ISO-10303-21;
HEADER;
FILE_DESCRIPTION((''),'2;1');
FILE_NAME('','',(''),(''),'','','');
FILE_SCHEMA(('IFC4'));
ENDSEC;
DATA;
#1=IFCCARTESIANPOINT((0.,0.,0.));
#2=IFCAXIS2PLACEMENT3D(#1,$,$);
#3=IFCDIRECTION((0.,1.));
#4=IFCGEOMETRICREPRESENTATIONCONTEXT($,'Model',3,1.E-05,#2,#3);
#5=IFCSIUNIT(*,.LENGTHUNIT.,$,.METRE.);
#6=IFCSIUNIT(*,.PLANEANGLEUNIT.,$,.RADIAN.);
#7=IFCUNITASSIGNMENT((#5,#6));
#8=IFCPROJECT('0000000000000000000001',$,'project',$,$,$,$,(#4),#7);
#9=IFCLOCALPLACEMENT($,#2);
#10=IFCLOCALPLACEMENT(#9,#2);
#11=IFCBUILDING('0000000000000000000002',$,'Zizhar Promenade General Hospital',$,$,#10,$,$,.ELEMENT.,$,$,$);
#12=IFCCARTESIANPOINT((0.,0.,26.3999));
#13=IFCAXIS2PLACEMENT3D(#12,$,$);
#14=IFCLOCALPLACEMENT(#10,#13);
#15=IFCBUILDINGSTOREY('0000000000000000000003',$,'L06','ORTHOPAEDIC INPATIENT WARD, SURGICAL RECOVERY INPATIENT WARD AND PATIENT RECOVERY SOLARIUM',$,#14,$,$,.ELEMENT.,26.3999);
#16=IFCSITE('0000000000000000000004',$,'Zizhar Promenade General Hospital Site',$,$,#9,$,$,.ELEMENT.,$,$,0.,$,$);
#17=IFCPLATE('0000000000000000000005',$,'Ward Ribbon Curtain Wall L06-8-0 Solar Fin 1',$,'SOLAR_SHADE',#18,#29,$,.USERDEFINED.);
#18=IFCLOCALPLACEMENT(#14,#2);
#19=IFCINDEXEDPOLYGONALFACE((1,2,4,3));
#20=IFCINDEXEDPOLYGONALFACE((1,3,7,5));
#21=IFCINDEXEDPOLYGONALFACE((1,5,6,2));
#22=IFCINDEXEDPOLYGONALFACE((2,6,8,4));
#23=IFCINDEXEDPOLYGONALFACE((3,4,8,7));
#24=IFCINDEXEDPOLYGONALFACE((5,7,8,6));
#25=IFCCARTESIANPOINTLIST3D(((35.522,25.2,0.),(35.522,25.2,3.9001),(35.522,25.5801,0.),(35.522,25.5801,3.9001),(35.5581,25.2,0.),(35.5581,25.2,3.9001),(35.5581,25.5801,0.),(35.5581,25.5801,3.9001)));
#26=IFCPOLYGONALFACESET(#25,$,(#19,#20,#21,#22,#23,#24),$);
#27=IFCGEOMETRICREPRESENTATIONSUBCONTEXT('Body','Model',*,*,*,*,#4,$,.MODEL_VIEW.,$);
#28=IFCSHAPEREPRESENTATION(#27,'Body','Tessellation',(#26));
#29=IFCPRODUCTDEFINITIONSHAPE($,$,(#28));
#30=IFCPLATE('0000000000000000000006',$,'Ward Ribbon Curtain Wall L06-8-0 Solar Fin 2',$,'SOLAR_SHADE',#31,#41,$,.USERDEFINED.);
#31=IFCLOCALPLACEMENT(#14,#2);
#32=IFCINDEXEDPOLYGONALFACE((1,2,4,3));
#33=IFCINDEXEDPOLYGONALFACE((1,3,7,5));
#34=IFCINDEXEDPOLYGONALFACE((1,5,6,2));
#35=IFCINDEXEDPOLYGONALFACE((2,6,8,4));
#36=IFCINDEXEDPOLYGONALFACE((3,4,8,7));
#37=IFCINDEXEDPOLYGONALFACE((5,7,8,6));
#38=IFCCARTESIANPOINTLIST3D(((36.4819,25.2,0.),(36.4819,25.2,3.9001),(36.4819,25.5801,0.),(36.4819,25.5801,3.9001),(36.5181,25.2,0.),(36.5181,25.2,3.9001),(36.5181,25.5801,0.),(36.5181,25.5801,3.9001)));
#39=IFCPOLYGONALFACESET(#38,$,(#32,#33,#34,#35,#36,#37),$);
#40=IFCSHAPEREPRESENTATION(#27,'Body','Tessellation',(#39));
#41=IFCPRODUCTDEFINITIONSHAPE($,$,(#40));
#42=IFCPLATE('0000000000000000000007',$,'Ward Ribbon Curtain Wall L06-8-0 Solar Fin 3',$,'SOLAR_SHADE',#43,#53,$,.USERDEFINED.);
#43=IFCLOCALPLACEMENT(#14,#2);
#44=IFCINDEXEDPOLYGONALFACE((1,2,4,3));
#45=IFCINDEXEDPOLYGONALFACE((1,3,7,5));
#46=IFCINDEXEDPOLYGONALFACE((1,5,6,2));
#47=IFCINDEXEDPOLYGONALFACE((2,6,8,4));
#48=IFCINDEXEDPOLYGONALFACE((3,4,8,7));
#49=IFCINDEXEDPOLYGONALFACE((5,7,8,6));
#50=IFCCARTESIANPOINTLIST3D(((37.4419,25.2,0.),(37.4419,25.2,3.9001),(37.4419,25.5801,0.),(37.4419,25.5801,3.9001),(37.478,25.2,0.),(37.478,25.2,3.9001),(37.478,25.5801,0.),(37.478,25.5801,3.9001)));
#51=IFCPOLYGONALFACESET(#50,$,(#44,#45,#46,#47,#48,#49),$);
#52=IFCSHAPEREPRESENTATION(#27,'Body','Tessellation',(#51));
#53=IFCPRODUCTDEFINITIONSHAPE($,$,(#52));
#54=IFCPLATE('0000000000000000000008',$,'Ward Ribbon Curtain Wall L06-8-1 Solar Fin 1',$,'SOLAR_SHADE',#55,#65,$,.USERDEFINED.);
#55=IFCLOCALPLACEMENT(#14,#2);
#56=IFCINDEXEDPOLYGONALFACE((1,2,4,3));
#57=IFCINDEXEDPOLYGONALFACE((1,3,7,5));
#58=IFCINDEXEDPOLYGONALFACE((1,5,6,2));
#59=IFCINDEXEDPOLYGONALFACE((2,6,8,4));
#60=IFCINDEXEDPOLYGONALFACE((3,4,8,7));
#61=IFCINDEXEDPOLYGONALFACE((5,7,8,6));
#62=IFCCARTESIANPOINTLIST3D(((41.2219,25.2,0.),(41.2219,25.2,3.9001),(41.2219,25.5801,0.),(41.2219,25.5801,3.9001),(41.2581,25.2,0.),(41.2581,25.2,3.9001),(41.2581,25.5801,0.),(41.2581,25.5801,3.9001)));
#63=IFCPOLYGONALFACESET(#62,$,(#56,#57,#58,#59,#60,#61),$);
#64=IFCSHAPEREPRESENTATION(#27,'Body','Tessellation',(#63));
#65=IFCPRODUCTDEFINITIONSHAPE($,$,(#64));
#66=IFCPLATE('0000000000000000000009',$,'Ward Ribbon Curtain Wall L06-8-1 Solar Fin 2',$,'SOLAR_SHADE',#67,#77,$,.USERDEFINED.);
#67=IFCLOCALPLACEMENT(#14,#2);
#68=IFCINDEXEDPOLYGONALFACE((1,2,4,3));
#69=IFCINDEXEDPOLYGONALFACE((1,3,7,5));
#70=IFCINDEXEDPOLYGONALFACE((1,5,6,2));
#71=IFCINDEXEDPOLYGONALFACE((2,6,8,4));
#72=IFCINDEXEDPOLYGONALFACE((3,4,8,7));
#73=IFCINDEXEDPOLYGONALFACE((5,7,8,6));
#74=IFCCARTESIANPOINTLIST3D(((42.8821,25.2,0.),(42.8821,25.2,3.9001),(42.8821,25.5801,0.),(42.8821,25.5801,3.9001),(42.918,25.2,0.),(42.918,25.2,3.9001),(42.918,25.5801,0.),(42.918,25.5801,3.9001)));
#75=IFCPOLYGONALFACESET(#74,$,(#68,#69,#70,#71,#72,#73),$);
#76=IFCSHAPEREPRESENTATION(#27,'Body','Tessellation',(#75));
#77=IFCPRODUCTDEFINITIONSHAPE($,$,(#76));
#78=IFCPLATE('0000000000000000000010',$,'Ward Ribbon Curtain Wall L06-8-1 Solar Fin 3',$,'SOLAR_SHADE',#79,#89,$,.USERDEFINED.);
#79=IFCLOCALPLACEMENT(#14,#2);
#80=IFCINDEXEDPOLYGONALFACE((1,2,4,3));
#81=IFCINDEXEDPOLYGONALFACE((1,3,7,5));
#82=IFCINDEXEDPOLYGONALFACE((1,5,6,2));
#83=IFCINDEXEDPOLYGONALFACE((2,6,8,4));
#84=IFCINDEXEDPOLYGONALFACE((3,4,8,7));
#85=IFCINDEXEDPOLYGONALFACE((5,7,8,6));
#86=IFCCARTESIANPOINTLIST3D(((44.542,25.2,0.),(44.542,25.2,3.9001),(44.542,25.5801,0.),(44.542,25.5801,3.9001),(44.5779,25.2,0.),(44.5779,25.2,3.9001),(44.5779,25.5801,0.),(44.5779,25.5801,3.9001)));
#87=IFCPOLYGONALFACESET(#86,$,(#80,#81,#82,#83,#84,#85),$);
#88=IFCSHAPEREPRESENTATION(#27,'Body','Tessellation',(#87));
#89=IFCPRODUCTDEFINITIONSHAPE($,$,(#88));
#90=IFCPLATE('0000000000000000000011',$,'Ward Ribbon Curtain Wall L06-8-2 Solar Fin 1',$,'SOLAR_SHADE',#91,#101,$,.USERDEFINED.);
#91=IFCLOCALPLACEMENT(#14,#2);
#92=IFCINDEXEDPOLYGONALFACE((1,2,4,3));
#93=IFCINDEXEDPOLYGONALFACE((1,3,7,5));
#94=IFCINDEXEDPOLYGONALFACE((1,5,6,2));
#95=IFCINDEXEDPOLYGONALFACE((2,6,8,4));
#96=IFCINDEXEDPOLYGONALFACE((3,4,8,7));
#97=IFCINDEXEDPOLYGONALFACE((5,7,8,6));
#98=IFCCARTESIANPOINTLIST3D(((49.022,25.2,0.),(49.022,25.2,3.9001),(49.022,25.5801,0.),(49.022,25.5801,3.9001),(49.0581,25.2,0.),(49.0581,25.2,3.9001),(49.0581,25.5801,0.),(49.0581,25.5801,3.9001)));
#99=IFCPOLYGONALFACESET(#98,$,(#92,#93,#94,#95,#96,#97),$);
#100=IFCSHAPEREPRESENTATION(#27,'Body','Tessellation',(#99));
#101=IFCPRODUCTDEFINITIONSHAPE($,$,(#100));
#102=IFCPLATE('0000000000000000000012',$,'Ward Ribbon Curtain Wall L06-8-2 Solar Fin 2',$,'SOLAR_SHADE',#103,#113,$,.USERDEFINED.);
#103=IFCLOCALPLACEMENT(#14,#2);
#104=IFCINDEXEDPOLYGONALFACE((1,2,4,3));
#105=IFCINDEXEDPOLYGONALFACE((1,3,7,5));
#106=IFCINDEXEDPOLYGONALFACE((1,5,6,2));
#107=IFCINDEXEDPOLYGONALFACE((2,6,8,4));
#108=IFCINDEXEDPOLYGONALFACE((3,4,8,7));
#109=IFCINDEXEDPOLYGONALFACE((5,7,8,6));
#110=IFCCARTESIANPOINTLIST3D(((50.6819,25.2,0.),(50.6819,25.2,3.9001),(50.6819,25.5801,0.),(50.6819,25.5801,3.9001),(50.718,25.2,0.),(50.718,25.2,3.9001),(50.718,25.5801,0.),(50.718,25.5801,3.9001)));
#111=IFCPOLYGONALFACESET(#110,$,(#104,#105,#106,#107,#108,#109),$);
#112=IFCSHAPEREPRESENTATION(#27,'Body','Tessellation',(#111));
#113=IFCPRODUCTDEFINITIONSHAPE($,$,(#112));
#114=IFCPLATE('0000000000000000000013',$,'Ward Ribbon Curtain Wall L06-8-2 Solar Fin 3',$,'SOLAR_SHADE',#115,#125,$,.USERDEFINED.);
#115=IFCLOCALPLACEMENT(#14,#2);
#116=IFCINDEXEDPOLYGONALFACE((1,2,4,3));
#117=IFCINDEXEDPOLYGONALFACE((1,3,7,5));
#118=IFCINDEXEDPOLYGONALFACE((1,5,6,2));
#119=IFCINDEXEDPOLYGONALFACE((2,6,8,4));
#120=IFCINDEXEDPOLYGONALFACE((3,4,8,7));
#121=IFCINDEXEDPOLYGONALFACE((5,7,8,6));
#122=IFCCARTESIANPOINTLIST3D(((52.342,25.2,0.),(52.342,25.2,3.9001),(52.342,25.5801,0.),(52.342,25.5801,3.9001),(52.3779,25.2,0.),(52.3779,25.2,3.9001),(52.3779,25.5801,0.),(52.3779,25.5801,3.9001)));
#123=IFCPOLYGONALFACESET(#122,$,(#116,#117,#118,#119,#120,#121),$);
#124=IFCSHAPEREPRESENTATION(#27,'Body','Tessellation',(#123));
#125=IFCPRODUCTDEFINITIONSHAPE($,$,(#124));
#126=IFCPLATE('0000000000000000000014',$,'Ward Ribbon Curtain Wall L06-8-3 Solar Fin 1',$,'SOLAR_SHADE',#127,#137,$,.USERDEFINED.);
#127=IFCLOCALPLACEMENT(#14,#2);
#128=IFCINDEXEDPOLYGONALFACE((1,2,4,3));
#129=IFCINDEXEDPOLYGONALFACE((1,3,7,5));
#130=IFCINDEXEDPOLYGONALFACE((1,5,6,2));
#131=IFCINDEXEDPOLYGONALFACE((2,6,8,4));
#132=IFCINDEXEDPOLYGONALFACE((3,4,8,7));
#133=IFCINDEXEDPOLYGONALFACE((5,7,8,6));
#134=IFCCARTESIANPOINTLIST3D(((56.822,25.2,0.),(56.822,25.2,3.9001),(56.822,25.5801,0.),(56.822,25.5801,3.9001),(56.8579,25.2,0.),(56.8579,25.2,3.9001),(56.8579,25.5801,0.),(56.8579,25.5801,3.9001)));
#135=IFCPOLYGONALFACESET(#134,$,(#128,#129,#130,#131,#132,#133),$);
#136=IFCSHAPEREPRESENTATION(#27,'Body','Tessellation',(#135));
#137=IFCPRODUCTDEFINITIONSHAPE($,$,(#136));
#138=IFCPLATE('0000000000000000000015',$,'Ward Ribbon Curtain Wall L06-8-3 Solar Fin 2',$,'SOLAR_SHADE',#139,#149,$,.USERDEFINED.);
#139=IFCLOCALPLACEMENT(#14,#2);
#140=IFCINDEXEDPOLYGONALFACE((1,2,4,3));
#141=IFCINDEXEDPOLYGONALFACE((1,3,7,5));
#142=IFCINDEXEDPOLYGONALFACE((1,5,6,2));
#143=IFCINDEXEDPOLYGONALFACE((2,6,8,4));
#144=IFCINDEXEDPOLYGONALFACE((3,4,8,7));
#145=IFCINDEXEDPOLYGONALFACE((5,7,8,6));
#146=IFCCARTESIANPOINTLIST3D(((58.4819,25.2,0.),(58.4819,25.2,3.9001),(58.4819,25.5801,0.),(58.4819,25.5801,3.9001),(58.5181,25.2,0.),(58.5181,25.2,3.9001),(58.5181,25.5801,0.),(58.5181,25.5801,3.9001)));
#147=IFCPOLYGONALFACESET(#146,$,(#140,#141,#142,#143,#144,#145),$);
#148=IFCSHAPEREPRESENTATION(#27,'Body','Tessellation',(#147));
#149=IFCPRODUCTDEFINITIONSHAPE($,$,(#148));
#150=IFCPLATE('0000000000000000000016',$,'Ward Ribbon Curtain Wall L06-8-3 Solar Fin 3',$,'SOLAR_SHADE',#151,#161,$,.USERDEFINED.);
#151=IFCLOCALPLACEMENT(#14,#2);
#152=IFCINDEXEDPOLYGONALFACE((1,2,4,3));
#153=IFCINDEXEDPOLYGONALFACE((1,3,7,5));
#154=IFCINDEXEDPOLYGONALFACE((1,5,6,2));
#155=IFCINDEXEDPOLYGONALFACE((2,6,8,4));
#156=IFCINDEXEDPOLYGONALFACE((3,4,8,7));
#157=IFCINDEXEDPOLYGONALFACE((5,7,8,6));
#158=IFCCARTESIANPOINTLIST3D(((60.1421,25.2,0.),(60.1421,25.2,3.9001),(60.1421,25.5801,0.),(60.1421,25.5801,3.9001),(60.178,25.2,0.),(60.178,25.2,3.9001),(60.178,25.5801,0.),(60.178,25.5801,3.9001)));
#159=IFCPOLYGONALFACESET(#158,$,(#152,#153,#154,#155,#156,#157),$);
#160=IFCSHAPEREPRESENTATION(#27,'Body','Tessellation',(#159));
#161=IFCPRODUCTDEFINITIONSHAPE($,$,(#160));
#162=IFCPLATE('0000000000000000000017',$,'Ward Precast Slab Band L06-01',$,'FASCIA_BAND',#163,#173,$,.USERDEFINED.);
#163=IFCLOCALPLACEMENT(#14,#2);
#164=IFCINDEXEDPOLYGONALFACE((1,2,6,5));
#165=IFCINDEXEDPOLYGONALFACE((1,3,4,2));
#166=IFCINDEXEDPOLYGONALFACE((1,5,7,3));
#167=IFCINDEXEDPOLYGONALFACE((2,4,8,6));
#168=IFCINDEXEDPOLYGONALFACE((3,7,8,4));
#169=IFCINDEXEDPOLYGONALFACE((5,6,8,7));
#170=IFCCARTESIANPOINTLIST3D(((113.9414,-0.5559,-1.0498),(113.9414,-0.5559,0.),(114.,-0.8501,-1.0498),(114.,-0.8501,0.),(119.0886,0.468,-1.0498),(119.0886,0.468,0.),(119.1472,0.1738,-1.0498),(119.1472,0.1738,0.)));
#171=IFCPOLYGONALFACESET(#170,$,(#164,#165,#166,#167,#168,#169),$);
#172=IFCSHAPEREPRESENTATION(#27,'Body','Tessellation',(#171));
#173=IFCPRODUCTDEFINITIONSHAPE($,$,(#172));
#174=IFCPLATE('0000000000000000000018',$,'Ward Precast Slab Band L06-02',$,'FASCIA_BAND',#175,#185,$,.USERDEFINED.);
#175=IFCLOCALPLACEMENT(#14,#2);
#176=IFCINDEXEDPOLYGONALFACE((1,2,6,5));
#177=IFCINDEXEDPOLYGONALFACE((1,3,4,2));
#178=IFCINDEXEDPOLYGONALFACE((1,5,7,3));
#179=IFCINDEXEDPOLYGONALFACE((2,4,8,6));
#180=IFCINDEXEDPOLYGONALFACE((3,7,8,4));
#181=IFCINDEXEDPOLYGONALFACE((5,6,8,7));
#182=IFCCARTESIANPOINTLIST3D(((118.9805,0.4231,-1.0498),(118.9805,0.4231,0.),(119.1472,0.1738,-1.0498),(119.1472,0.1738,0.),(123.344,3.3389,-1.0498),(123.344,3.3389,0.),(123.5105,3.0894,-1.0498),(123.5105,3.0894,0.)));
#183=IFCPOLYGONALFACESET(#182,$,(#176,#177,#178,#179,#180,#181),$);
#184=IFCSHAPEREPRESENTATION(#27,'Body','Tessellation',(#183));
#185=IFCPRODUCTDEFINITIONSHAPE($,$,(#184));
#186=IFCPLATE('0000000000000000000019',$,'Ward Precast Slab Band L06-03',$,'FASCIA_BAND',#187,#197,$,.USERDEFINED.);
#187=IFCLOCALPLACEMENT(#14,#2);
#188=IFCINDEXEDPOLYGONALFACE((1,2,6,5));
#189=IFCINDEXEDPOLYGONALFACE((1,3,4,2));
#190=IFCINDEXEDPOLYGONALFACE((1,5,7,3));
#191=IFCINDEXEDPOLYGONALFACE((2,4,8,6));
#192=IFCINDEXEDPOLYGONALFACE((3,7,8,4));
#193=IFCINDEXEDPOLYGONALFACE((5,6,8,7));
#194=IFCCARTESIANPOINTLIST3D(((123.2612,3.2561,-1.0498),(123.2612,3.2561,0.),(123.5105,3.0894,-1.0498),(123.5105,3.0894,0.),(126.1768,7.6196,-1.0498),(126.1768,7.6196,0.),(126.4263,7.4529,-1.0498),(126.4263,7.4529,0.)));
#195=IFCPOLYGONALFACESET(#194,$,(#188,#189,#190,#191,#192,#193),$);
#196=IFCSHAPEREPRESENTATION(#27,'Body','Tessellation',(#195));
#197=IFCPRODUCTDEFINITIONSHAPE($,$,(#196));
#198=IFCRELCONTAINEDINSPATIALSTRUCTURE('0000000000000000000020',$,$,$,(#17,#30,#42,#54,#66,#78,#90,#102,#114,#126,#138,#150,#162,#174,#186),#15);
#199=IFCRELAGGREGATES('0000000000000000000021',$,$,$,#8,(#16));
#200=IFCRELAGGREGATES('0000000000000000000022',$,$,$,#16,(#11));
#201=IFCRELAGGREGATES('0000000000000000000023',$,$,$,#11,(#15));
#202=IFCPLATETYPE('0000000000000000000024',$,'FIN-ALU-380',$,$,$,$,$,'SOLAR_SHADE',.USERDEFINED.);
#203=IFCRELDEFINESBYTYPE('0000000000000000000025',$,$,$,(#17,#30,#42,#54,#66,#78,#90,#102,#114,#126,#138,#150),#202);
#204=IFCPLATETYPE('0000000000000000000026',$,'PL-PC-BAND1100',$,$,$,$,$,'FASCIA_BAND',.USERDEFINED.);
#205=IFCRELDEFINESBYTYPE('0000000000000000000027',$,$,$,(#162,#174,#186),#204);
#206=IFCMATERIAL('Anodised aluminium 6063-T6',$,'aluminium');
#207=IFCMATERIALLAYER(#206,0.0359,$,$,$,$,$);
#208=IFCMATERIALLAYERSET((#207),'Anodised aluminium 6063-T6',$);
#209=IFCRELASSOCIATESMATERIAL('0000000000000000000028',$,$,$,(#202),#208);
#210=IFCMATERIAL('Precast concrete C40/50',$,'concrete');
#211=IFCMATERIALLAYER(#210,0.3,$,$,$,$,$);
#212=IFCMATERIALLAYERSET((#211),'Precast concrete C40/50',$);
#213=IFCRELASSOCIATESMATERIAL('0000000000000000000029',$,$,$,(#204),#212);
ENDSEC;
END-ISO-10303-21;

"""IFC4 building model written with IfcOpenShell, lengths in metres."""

from ifc_helpers import new_model, si_unit, direction, frame, origin, place, context, subcontext, project, spatial, polyline, outline, extrude, material, layer, layer_set, type_object, element, save


model = new_model("IFC4")

# Units and contexts
model_context = context("Model", 3, precision=1e-05, world=origin(), true_north=direction((0.0, 1.0)))
body_context = subcontext(model_context, "Body", "Model", "MODEL_VIEW")
ifc_project = project(units=[si_unit("LENGTHUNIT", "METRE"), si_unit("PLANEANGLEUNIT", "RADIAN")], contexts=[model_context])

# Site, building, storey
site_placement = place(None, origin())
site = spatial("IfcSite", under=ifc_project, at=site_placement, Name="Zizhar Promenade General Hospital Site", CompositionType="ELEMENT", RefElevation=0.0)
building_placement = place(site_placement, origin())
building = spatial("IfcBuilding", under=site, at=building_placement, Name="Zizhar Promenade General Hospital", CompositionType="ELEMENT")
storey_placement = place(building_placement, frame((0.0, 0.0, 26.3999)))
storey = spatial("IfcBuildingStorey", under=building, at=storey_placement, Name="L06", Description="ORTHOPAEDIC INPATIENT WARD, SURGICAL RECOVERY INPATIENT WARD AND PATIENT RECOVERY SOLARIUM", CompositionType="ELEMENT", Elevation=26.3999)

# Plates
ifc_material_1 = material(Name="Anodised aluminium 6063-T6", Category="aluminium")
ifc_layer_1 = layer(ifc_material_1, 0.0359)
ifc_layer_set_1 = layer_set([ifc_layer_1], Name="Anodised aluminium 6063-T6")
plate_type_1 = type_object("IfcPlateType", Name="FIN-ALU-380", ElementType="SOLAR_SHADE", PredefinedType="USERDEFINED", material=ifc_layer_set_1)
plate_1_placement = place(storey_placement, origin())
element("IfcPlate", 1, at=plate_1_placement, inside=storey, type_object=plate_type_1, Name="Ward Ribbon Curtain Wall L06-8-0 Solar Fin 1", ObjectType="SOLAR_SHADE", PredefinedType="USERDEFINED", context=body_context, shape_type="SweptSolid", body=[
    extrude(outline(polyline([(35.522, 25.2), (35.5581, 25.2), (35.5581, 25.5801), (35.522, 25.5801), (35.522, 25.2)])), origin(), (0.0, 0.0, 1.0), 3.9001),
])
plate_2_placement = place(storey_placement, origin())
element("IfcPlate", 2, at=plate_2_placement, inside=storey, type_object=plate_type_1, Name="Ward Ribbon Curtain Wall L06-8-0 Solar Fin 2", ObjectType="SOLAR_SHADE", PredefinedType="USERDEFINED", context=body_context, shape_type="SweptSolid", body=[
    extrude(outline(polyline([(36.4819, 25.2), (36.5181, 25.2), (36.5181, 25.5801), (36.4819, 25.5801), (36.4819, 25.2)])), origin(), (0.0, 0.0, 1.0), 3.9001),
])
plate_3_placement = place(storey_placement, origin())
element("IfcPlate", 3, at=plate_3_placement, inside=storey, type_object=plate_type_1, Name="Ward Ribbon Curtain Wall L06-8-0 Solar Fin 3", ObjectType="SOLAR_SHADE", PredefinedType="USERDEFINED", context=body_context, shape_type="SweptSolid", body=[
    extrude(outline(polyline([(37.4419, 25.2), (37.478, 25.2), (37.478, 25.5801), (37.4419, 25.5801), (37.4419, 25.2)])), origin(), (0.0, 0.0, 1.0), 3.9001),
])
plate_4_placement = place(storey_placement, origin())
element("IfcPlate", 4, at=plate_4_placement, inside=storey, type_object=plate_type_1, Name="Ward Ribbon Curtain Wall L06-8-1 Solar Fin 1", ObjectType="SOLAR_SHADE", PredefinedType="USERDEFINED", context=body_context, shape_type="SweptSolid", body=[
    extrude(outline(polyline([(41.2219, 25.2), (41.2581, 25.2), (41.2581, 25.5801), (41.2219, 25.5801), (41.2219, 25.2)])), origin(), (0.0, 0.0, 1.0), 3.9001),
])
plate_5_placement = place(storey_placement, origin())
element("IfcPlate", 5, at=plate_5_placement, inside=storey, type_object=plate_type_1, Name="Ward Ribbon Curtain Wall L06-8-1 Solar Fin 2", ObjectType="SOLAR_SHADE", PredefinedType="USERDEFINED", context=body_context, shape_type="SweptSolid", body=[
    extrude(outline(polyline([(42.8821, 25.2), (42.918, 25.2), (42.918, 25.5801), (42.8821, 25.5801), (42.8821, 25.2)])), origin(), (0.0, 0.0, 1.0), 3.9001),
])
plate_6_placement = place(storey_placement, origin())
element("IfcPlate", 6, at=plate_6_placement, inside=storey, type_object=plate_type_1, Name="Ward Ribbon Curtain Wall L06-8-1 Solar Fin 3", ObjectType="SOLAR_SHADE", PredefinedType="USERDEFINED", context=body_context, shape_type="SweptSolid", body=[
    extrude(outline(polyline([(44.542, 25.2), (44.5779, 25.2), (44.5779, 25.5801), (44.542, 25.5801), (44.542, 25.2)])), origin(), (0.0, 0.0, 1.0), 3.9001),
])
plate_7_placement = place(storey_placement, origin())
element("IfcPlate", 7, at=plate_7_placement, inside=storey, type_object=plate_type_1, Name="Ward Ribbon Curtain Wall L06-8-2 Solar Fin 1", ObjectType="SOLAR_SHADE", PredefinedType="USERDEFINED", context=body_context, shape_type="SweptSolid", body=[
    extrude(outline(polyline([(49.022, 25.2), (49.0581, 25.2), (49.0581, 25.5801), (49.022, 25.5801), (49.022, 25.2)])), origin(), (0.0, 0.0, 1.0), 3.9001),
])
plate_8_placement = place(storey_placement, origin())
element("IfcPlate", 8, at=plate_8_placement, inside=storey, type_object=plate_type_1, Name="Ward Ribbon Curtain Wall L06-8-2 Solar Fin 2", ObjectType="SOLAR_SHADE", PredefinedType="USERDEFINED", context=body_context, shape_type="SweptSolid", body=[
    extrude(outline(polyline([(50.6819, 25.2), (50.718, 25.2), (50.718, 25.5801), (50.6819, 25.5801), (50.6819, 25.2)])), origin(), (0.0, 0.0, 1.0), 3.9001),
])
plate_9_placement = place(storey_placement, origin())
element("IfcPlate", 9, at=plate_9_placement, inside=storey, type_object=plate_type_1, Name="Ward Ribbon Curtain Wall L06-8-2 Solar Fin 3", ObjectType="SOLAR_SHADE", PredefinedType="USERDEFINED", context=body_context, shape_type="SweptSolid", body=[
    extrude(outline(polyline([(52.342, 25.2), (52.3779, 25.2), (52.3779, 25.5801), (52.342, 25.5801), (52.342, 25.2)])), origin(), (0.0, 0.0, 1.0), 3.9001),
])
plate_10_placement = place(storey_placement, origin())
element("IfcPlate", 10, at=plate_10_placement, inside=storey, type_object=plate_type_1, Name="Ward Ribbon Curtain Wall L06-8-3 Solar Fin 1", ObjectType="SOLAR_SHADE", PredefinedType="USERDEFINED", context=body_context, shape_type="SweptSolid", body=[
    extrude(outline(polyline([(56.822, 25.2), (56.8579, 25.2), (56.8579, 25.5801), (56.822, 25.5801), (56.822, 25.2)])), origin(), (0.0, 0.0, 1.0), 3.9001),
])
plate_11_placement = place(storey_placement, origin())
element("IfcPlate", 11, at=plate_11_placement, inside=storey, type_object=plate_type_1, Name="Ward Ribbon Curtain Wall L06-8-3 Solar Fin 2", ObjectType="SOLAR_SHADE", PredefinedType="USERDEFINED", context=body_context, shape_type="SweptSolid", body=[
    extrude(outline(polyline([(58.4819, 25.2), (58.5181, 25.2), (58.5181, 25.5801), (58.4819, 25.5801), (58.4819, 25.2)])), origin(), (0.0, 0.0, 1.0), 3.9001),
])
plate_12_placement = place(storey_placement, origin())
element("IfcPlate", 12, at=plate_12_placement, inside=storey, type_object=plate_type_1, Name="Ward Ribbon Curtain Wall L06-8-3 Solar Fin 3", ObjectType="SOLAR_SHADE", PredefinedType="USERDEFINED", context=body_context, shape_type="SweptSolid", body=[
    extrude(outline(polyline([(60.1421, 25.2), (60.178, 25.2), (60.178, 25.5801), (60.1421, 25.5801), (60.1421, 25.2)])), origin(), (0.0, 0.0, 1.0), 3.9001),
])
ifc_material_2 = material(Name="Precast concrete C40/50", Category="concrete")
ifc_layer_2 = layer(ifc_material_2, 0.3)
ifc_layer_set_2 = layer_set([ifc_layer_2], Name="Precast concrete C40/50")
plate_type_2 = type_object("IfcPlateType", Name="PL-PC-BAND1100", ElementType="FASCIA_BAND", PredefinedType="USERDEFINED", material=ifc_layer_set_2)
plate_13_placement = place(storey_placement, frame((0.0, 0.0, -1.0498)))
element("IfcPlate", 13, at=plate_13_placement, inside=storey, type_object=plate_type_2, Name="Ward Precast Slab Band L06-01", ObjectType="FASCIA_BAND", PredefinedType="USERDEFINED", context=body_context, shape_type="SweptSolid", body=[
    extrude(outline(polyline([(114.0, -0.8501), (119.1472, 0.1738), (119.0886, 0.468), (113.9414, -0.5559), (114.0, -0.8501)])), origin(), (0.0, 0.0, 1.0), 1.0498),
])
plate_14_placement = place(storey_placement, frame((0.0, 0.0, -1.0498)))
element("IfcPlate", 14, at=plate_14_placement, inside=storey, type_object=plate_type_2, Name="Ward Precast Slab Band L06-02", ObjectType="FASCIA_BAND", PredefinedType="USERDEFINED", context=body_context, shape_type="SweptSolid", body=[
    extrude(outline(polyline([(119.1472, 0.1738), (123.5105, 3.0894), (123.344, 3.3389), (118.9805, 0.4231), (119.1472, 0.1738)])), origin(), (0.0, 0.0, 1.0), 1.0498),
])
plate_15_placement = place(storey_placement, frame((0.0, 0.0, -1.0498)))
element("IfcPlate", 15, at=plate_15_placement, inside=storey, type_object=plate_type_2, Name="Ward Precast Slab Band L06-03", ObjectType="FASCIA_BAND", PredefinedType="USERDEFINED", context=body_context, shape_type="SweptSolid", body=[
    extrude(outline(polyline([(123.5105, 3.0894), (126.4263, 7.4529), (126.1768, 7.6196), (123.2612, 3.2561), (123.5105, 3.0894)])), origin(), (0.0, 0.0, 1.0), 1.0498),
])

save(model, "model.ifc")
